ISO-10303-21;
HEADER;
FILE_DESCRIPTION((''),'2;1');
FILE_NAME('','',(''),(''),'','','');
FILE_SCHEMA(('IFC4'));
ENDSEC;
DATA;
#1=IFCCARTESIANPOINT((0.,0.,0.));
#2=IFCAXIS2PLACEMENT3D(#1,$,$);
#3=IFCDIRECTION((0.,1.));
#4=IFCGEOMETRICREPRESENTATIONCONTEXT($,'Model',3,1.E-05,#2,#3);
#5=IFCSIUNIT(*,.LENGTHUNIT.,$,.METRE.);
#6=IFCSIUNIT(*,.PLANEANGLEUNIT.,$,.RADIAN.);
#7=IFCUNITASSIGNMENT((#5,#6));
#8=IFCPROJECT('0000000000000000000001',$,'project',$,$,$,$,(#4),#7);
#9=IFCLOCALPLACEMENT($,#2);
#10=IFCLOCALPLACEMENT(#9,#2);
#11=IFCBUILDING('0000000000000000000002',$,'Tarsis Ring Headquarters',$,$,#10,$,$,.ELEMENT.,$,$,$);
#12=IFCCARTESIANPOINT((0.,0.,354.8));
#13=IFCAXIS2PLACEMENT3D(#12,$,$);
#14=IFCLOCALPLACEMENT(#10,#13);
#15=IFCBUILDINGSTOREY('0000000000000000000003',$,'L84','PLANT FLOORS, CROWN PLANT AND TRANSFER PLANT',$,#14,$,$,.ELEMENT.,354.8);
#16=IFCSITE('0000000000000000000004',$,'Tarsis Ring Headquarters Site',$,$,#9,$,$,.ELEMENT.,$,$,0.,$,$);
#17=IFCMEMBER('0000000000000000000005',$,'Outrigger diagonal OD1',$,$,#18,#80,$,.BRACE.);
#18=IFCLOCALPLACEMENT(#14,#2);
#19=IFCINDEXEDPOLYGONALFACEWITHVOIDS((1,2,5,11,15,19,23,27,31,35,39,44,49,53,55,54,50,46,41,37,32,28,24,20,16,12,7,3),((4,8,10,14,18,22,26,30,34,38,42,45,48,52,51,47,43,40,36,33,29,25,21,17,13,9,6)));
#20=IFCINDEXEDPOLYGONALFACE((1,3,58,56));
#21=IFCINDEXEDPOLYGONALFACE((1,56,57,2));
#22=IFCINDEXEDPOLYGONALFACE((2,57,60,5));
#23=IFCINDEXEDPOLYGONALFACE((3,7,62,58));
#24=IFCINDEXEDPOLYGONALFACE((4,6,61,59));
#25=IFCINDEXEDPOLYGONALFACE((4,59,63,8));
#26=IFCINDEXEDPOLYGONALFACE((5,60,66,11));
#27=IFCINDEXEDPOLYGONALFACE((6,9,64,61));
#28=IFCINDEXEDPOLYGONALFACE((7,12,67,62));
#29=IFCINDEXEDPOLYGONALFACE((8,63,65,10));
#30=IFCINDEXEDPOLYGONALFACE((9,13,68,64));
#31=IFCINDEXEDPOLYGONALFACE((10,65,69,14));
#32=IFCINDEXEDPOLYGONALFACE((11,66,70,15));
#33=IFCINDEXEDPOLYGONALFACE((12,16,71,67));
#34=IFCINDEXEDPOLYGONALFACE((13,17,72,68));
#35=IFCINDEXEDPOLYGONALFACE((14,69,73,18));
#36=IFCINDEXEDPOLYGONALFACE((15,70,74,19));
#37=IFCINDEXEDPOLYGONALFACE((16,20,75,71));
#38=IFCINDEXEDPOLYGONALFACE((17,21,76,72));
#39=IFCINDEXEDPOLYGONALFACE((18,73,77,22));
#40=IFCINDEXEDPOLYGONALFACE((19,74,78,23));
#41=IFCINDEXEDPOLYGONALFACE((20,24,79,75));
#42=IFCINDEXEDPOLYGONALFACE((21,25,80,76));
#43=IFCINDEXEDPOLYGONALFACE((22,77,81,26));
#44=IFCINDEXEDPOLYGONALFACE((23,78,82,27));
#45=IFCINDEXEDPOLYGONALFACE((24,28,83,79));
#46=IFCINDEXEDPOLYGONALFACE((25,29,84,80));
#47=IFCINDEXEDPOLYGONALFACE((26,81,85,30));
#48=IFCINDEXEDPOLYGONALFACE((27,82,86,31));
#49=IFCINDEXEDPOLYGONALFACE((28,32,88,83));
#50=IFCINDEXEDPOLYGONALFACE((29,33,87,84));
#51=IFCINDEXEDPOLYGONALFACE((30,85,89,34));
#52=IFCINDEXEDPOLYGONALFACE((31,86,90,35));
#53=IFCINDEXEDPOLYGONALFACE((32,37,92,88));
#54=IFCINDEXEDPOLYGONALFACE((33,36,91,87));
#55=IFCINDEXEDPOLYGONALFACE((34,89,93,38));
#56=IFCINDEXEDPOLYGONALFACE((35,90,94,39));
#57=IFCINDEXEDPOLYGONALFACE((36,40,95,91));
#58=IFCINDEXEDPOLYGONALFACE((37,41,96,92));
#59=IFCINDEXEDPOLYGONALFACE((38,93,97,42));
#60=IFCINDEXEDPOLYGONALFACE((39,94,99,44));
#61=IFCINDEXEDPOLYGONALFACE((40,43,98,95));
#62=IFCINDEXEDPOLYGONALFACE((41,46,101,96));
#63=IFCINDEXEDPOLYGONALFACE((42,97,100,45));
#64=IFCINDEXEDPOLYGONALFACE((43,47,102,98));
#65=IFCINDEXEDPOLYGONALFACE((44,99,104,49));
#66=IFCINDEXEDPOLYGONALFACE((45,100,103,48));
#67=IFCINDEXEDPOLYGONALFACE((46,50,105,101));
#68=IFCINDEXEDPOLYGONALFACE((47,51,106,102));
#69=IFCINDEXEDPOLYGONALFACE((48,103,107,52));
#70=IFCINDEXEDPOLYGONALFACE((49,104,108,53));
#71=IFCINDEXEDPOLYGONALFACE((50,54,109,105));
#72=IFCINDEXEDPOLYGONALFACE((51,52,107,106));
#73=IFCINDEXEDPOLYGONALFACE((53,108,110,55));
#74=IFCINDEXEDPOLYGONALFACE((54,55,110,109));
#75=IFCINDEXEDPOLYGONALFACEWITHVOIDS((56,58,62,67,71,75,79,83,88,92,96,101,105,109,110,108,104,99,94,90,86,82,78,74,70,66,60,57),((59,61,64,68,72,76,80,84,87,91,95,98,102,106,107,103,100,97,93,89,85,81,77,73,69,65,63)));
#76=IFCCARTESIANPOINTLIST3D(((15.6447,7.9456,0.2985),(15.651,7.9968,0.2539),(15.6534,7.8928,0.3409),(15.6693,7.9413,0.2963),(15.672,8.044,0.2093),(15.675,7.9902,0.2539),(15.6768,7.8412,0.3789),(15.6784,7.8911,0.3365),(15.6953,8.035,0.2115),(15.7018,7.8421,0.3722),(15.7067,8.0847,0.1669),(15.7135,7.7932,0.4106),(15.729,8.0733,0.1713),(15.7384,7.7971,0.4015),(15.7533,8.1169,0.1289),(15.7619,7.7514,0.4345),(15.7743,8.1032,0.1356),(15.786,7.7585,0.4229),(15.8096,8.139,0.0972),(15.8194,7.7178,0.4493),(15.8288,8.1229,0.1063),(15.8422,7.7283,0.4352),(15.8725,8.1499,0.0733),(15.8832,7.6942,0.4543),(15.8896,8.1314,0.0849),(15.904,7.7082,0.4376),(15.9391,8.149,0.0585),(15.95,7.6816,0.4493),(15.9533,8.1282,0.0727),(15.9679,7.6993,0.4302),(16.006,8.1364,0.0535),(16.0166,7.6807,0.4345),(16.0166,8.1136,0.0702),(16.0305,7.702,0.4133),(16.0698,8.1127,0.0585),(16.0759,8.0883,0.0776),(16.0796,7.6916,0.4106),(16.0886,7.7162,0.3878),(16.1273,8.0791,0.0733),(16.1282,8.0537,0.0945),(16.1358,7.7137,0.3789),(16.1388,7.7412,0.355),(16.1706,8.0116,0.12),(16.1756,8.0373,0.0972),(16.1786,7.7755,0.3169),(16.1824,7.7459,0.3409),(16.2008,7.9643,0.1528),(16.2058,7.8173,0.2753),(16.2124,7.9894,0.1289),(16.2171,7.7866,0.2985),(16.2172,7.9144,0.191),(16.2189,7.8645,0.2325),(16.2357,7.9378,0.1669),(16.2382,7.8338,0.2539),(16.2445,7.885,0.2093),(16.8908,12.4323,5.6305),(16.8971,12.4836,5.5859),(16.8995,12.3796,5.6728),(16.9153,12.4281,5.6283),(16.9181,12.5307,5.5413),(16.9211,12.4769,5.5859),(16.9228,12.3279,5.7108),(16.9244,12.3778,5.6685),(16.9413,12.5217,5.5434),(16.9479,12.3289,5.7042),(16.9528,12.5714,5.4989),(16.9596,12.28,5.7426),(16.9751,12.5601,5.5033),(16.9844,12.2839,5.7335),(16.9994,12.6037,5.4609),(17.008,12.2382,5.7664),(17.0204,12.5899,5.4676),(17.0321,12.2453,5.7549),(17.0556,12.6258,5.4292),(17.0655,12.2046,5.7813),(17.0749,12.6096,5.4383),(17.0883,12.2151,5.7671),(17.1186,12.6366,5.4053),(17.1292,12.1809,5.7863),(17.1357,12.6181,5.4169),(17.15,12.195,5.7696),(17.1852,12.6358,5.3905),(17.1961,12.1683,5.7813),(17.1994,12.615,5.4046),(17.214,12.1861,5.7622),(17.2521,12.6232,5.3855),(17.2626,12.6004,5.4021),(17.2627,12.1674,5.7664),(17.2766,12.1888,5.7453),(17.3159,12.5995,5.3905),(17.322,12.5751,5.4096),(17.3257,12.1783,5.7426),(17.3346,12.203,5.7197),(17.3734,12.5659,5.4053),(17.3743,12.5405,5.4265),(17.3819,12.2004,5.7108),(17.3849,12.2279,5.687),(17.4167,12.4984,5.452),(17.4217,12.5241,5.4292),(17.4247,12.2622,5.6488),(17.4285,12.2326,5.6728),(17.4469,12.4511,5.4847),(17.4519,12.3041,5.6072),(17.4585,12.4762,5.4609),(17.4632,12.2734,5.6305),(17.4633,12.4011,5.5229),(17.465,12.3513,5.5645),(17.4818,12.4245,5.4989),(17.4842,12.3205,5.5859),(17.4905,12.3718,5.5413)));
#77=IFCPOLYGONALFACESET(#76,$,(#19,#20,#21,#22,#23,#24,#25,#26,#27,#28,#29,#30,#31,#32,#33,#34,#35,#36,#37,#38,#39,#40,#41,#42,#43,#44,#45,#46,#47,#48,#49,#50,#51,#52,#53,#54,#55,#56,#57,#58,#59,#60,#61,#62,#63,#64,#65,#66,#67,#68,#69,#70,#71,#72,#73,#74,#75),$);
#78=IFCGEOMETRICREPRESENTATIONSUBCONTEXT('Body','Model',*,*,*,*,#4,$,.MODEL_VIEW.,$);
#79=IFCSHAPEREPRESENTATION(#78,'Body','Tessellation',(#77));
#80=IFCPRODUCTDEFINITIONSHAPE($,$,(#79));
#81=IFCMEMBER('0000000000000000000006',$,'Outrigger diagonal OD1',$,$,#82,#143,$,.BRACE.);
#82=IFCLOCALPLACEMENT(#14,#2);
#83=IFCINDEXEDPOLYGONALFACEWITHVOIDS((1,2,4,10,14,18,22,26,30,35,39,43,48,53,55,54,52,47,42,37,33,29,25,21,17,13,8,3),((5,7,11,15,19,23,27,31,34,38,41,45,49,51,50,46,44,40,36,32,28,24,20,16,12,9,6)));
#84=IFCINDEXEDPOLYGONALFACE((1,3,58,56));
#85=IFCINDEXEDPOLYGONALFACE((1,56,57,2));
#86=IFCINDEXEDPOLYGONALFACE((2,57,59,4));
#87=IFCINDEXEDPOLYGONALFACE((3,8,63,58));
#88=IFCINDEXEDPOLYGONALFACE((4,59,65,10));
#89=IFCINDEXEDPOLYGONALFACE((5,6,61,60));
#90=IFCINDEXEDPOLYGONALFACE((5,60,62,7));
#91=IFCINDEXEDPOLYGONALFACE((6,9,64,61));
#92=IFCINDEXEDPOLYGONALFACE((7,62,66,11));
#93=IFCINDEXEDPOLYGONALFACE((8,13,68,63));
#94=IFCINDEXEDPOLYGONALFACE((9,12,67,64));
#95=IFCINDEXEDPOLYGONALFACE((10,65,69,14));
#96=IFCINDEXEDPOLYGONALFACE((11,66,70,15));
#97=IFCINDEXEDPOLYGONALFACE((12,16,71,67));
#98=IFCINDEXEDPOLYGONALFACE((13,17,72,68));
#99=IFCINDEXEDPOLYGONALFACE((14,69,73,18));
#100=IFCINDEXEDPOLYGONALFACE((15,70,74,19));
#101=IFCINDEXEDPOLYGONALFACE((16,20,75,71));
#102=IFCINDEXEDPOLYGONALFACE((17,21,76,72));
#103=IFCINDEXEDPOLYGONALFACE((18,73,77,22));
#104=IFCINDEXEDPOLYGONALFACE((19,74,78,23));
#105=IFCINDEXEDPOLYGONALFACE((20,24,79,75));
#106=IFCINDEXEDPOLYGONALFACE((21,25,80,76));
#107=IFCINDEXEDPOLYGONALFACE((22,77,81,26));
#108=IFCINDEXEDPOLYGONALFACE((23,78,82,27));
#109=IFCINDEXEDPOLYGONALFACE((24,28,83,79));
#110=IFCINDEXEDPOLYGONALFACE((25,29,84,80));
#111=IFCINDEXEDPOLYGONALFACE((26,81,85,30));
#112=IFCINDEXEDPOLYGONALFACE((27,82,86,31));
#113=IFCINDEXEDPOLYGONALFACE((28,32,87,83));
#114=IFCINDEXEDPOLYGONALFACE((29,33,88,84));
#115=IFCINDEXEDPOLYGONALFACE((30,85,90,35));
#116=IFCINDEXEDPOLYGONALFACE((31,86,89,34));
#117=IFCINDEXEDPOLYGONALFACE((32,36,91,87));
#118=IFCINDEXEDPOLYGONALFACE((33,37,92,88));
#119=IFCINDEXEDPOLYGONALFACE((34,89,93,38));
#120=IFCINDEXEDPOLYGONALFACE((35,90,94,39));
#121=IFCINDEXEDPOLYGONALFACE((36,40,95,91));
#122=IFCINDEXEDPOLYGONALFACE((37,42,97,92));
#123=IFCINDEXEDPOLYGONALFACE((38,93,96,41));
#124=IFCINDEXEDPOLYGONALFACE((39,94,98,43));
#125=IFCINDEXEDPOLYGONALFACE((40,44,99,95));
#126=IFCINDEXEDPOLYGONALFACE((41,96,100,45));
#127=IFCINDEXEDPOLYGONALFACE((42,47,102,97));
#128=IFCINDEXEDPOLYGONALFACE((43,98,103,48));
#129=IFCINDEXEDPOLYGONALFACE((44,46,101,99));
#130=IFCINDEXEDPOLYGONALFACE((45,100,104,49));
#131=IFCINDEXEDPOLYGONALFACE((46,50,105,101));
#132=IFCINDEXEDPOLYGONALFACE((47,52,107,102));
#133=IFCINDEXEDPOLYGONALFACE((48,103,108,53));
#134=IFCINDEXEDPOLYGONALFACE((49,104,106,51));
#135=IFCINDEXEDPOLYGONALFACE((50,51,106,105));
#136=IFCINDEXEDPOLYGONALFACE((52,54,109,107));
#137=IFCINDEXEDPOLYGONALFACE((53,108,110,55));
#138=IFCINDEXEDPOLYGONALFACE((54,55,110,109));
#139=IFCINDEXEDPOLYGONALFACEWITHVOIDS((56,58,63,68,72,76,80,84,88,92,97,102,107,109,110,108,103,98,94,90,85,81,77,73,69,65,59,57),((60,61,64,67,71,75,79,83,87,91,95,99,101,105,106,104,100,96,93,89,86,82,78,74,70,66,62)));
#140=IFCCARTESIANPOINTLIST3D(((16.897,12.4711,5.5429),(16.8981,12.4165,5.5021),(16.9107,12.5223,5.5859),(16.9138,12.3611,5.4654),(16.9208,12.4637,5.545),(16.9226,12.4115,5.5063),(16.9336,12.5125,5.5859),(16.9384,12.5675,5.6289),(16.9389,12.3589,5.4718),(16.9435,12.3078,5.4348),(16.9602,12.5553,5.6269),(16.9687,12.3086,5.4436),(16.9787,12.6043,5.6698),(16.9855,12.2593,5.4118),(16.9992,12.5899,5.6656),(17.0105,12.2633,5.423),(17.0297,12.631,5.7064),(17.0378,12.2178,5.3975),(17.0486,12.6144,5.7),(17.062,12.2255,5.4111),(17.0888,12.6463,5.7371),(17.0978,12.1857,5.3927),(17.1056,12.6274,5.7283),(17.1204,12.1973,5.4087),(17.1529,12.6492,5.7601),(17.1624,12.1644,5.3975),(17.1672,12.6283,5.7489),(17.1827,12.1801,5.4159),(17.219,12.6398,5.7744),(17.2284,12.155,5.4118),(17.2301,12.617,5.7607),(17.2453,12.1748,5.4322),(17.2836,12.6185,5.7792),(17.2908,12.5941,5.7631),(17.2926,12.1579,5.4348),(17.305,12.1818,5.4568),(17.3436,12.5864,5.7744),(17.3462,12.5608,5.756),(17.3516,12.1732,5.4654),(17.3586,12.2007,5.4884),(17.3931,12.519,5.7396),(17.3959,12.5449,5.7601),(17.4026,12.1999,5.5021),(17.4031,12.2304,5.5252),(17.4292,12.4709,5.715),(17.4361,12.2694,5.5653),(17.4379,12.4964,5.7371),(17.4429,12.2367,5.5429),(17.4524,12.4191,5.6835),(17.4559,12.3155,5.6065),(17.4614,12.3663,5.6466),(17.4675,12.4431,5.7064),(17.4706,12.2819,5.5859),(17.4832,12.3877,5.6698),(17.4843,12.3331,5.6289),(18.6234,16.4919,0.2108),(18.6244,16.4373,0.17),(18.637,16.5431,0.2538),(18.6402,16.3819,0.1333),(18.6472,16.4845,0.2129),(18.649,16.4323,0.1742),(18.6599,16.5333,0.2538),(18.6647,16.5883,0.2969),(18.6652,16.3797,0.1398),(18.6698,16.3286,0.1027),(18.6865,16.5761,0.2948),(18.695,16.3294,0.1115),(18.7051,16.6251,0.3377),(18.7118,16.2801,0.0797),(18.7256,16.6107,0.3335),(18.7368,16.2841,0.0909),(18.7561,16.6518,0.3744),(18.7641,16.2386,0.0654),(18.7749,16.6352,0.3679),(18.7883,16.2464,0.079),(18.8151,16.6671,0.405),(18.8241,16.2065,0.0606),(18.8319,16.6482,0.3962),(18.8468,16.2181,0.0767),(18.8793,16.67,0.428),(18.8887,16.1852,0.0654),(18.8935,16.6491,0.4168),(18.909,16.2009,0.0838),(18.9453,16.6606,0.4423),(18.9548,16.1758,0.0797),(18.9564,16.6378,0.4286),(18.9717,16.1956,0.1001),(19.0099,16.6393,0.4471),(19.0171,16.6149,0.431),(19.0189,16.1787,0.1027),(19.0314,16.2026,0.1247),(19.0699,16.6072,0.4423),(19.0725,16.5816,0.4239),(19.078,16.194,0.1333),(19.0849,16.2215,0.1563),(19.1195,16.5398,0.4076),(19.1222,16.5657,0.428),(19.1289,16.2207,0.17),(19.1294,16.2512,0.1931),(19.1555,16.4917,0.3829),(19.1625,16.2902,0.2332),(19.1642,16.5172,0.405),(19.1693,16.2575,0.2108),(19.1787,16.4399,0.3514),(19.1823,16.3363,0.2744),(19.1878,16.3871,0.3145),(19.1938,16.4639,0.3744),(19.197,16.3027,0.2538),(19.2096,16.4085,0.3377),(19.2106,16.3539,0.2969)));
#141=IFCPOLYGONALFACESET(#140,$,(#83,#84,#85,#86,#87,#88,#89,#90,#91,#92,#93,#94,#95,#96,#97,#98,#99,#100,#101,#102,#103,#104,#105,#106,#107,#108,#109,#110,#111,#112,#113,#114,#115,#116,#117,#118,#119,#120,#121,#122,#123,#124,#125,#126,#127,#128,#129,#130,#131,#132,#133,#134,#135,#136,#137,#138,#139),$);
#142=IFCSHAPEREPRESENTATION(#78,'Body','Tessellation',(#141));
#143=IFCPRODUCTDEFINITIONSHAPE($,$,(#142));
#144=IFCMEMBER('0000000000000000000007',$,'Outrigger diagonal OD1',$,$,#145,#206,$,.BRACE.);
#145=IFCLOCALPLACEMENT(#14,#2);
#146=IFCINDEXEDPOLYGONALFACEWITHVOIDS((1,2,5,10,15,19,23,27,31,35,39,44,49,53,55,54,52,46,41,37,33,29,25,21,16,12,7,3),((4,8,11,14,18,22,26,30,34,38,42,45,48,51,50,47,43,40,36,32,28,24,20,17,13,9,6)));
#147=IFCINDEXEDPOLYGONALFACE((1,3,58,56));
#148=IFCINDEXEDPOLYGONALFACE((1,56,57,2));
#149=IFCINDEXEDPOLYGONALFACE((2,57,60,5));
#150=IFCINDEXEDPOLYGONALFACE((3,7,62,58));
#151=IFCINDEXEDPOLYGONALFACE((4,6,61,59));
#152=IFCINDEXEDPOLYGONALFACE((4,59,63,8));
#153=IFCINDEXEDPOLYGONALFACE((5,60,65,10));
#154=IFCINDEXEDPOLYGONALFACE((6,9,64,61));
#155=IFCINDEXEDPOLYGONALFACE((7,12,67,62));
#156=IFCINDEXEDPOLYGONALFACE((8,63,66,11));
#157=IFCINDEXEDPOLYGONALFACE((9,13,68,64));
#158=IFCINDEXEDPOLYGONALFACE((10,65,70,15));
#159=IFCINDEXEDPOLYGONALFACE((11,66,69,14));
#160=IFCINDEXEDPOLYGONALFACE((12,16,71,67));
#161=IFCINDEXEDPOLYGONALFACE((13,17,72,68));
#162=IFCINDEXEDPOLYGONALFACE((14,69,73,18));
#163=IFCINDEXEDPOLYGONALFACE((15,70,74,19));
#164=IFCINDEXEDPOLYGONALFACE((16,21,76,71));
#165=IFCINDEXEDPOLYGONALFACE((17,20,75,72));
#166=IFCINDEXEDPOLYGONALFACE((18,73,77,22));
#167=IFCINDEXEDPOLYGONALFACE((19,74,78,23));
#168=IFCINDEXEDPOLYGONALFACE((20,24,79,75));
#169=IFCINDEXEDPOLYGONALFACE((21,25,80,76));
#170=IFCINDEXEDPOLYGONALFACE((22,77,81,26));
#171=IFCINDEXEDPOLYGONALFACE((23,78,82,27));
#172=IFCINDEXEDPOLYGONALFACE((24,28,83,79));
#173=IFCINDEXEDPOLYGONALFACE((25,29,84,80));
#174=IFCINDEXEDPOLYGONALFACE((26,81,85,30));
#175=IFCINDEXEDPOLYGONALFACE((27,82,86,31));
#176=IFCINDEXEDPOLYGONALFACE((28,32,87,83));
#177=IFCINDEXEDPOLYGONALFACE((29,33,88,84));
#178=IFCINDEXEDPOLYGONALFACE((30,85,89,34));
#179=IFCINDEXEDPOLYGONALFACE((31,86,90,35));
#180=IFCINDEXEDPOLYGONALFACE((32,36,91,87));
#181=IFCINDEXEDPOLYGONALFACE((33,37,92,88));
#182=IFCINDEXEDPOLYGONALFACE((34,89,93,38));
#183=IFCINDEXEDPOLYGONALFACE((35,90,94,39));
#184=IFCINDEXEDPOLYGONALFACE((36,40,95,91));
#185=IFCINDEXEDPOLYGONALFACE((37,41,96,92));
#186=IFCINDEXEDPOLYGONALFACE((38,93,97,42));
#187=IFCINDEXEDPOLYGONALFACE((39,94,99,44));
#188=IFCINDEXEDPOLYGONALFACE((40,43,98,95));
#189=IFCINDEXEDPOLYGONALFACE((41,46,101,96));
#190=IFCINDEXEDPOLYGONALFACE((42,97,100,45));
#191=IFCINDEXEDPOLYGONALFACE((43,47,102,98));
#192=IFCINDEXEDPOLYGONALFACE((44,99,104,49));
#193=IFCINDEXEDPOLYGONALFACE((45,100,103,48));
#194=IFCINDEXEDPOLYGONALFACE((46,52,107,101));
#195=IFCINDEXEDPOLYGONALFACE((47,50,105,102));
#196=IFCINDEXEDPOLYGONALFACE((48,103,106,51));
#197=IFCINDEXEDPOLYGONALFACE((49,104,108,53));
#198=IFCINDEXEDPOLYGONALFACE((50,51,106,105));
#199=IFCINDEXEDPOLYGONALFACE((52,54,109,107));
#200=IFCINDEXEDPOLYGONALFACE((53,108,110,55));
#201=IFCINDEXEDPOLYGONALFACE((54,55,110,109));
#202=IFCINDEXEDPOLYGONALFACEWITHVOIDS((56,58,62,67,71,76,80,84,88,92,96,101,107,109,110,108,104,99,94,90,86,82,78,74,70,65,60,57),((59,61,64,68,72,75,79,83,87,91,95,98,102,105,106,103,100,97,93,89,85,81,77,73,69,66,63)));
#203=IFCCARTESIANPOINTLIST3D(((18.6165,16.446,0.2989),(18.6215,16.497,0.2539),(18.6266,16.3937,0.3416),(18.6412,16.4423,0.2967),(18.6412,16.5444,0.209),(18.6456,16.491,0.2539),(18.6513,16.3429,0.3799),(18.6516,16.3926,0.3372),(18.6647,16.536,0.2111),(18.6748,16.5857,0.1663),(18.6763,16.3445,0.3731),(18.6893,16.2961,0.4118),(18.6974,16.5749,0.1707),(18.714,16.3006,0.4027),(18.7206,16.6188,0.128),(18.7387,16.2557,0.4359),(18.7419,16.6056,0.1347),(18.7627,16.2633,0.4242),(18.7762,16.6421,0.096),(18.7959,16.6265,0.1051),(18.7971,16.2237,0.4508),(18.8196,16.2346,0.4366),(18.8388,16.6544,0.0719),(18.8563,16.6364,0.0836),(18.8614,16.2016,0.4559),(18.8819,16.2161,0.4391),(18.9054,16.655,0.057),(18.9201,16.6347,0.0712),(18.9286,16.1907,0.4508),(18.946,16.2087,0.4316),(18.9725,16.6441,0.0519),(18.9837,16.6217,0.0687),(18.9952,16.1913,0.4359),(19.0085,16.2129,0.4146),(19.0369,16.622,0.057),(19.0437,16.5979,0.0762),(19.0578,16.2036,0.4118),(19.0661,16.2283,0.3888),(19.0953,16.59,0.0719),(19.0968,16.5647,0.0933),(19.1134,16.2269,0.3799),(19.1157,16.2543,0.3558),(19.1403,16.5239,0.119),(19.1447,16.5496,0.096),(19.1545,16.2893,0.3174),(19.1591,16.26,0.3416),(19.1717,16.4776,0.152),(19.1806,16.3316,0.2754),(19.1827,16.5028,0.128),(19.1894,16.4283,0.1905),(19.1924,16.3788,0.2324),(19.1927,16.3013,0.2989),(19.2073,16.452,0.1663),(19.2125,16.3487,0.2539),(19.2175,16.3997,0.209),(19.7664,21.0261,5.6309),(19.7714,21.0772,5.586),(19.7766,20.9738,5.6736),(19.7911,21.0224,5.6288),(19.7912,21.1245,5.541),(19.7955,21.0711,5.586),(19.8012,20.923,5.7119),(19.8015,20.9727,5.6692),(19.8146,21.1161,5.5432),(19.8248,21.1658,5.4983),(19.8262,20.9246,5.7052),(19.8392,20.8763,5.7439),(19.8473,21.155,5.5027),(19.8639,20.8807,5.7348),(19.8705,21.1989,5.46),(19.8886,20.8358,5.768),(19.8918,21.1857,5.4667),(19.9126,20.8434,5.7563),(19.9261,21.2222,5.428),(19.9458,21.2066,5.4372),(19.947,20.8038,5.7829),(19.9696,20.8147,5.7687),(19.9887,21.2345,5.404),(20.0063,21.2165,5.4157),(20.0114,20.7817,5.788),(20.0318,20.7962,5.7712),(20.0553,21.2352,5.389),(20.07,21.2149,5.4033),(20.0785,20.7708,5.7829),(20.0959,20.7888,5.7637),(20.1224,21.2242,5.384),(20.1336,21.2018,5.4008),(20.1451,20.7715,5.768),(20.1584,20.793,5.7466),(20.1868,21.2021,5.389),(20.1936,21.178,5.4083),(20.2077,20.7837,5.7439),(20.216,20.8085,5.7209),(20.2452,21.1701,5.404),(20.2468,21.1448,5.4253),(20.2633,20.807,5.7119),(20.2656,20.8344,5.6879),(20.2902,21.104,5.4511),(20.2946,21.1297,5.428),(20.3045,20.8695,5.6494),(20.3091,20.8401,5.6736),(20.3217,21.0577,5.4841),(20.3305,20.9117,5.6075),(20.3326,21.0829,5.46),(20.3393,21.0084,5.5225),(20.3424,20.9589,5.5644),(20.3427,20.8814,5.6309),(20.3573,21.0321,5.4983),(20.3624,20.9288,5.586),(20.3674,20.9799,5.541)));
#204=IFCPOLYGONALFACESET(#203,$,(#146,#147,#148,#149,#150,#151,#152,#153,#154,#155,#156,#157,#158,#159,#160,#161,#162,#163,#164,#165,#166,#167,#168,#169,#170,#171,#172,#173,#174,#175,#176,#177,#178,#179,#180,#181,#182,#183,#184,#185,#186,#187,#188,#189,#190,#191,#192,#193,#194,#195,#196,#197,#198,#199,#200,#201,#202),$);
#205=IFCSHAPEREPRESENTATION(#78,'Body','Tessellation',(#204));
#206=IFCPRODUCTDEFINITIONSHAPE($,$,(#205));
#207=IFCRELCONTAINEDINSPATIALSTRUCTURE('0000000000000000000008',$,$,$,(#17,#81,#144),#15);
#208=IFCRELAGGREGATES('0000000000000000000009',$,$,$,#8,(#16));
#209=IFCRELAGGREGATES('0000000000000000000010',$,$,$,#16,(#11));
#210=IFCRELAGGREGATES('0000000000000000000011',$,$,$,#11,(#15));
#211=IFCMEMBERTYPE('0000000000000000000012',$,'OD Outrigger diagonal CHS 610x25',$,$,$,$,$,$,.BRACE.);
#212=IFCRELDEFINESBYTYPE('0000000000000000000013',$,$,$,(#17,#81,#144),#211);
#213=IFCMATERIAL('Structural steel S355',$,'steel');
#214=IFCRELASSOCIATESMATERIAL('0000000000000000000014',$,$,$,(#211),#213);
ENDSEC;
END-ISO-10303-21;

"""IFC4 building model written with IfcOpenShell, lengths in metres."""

from ifc_helpers import new_model, si_unit, direction, frame, origin, origin_2d, place, context, subcontext, project, spatial, hollow_circle, extrude, material, material_profile, profile_set, type_object, element, save


model = new_model("IFC4")

# Units and contexts
model_context = context("Model", 3, precision=1e-05, world=origin(), true_north=direction((0.0, 1.0)))
body_context = subcontext(model_context, "Body", "Model", "MODEL_VIEW")
ifc_project = project(units=[si_unit("LENGTHUNIT", "METRE"), si_unit("PLANEANGLEUNIT", "RADIAN")], contexts=[model_context])

# Site, building, storey
site_placement = place(None, origin())
site = spatial("IfcSite", under=ifc_project, at=site_placement, Name="Tarsis Ring Headquarters Site", CompositionType="ELEMENT", RefElevation=0.0)
building_placement = place(site_placement, origin())
building = spatial("IfcBuilding", under=site, at=building_placement, Name="Tarsis Ring Headquarters", CompositionType="ELEMENT")
storey_placement = place(building_placement, frame((0.0, 0.0, 354.8)))
storey = spatial("IfcBuildingStorey", under=building, at=storey_placement, Name="L84", Description="PLANT FLOORS, CROWN PLANT AND TRANSFER PLANT", CompositionType="ELEMENT", Elevation=354.8)

# Shared definitions
ifc_material_1 = material(Name="Structural steel S355", Category="steel")

# Members
ifc_material_profile_1 = material_profile(ifc_material_1, hollow_circle(Radius=0.3047, WallThickness=0.0249, at=origin_2d()), Name="CHS 610x25")
ifc_profile_set_1 = profile_set([ifc_material_profile_1], Name="Structural steel S355")
member_type_1 = type_object("IfcMemberType", Name="OD Outrigger diagonal CHS 610x25", PredefinedType="BRACE", material=ifc_profile_set_1)
member_1_placement = place(storey_placement, frame((15.9446, 7.9153, 0.2539), z_axis=(0.176022, 0.633804, 0.753199), x_axis=(-0.963531, 0.267595, 0.0)))
element("IfcMember", 1, at=member_1_placement, inside=storey, type_object=member_type_1, Name="Outrigger diagonal OD1", PredefinedType="BRACE", context=body_context, shape_type="SweptSolid", body=[
    extrude(hollow_circle(Radius=0.3047, WallThickness=0.0249, at=origin_2d()), origin(), (0.0, 0.0, 1.0), 7.0791),
])
member_2_placement = place(storey_placement, frame((17.1907, 12.4021, 5.5859), z_axis=(0.250277, 0.582919, -0.773025), x_axis=(-0.918885, 0.394525, 0.0)))
element("IfcMember", 2, at=member_2_placement, inside=storey, type_object=member_type_1, Name="Outrigger diagonal OD1", PredefinedType="BRACE", context=body_context, shape_type="SweptSolid", body=[
    extrude(hollow_circle(Radius=0.3047, WallThickness=0.0249, at=origin_2d()), origin(), (0.0, 0.0, 1.0), 6.8977),
])
member_3_placement = place(storey_placement, frame((18.917, 16.4229, 0.2539), z_axis=(0.161447, 0.643044, 0.748618), x_axis=(-0.969899, 0.243509, 0.0)))
element("IfcMember", 3, at=member_3_placement, inside=storey, type_object=member_type_1, Name="Outrigger diagonal OD1", PredefinedType="BRACE", context=body_context, shape_type="SweptSolid", body=[
    extrude(hollow_circle(Radius=0.3047, WallThickness=0.0249, at=origin_2d()), origin(), (0.0, 0.0, 1.0), 7.1226),
])

save(model, "model.ifc")
